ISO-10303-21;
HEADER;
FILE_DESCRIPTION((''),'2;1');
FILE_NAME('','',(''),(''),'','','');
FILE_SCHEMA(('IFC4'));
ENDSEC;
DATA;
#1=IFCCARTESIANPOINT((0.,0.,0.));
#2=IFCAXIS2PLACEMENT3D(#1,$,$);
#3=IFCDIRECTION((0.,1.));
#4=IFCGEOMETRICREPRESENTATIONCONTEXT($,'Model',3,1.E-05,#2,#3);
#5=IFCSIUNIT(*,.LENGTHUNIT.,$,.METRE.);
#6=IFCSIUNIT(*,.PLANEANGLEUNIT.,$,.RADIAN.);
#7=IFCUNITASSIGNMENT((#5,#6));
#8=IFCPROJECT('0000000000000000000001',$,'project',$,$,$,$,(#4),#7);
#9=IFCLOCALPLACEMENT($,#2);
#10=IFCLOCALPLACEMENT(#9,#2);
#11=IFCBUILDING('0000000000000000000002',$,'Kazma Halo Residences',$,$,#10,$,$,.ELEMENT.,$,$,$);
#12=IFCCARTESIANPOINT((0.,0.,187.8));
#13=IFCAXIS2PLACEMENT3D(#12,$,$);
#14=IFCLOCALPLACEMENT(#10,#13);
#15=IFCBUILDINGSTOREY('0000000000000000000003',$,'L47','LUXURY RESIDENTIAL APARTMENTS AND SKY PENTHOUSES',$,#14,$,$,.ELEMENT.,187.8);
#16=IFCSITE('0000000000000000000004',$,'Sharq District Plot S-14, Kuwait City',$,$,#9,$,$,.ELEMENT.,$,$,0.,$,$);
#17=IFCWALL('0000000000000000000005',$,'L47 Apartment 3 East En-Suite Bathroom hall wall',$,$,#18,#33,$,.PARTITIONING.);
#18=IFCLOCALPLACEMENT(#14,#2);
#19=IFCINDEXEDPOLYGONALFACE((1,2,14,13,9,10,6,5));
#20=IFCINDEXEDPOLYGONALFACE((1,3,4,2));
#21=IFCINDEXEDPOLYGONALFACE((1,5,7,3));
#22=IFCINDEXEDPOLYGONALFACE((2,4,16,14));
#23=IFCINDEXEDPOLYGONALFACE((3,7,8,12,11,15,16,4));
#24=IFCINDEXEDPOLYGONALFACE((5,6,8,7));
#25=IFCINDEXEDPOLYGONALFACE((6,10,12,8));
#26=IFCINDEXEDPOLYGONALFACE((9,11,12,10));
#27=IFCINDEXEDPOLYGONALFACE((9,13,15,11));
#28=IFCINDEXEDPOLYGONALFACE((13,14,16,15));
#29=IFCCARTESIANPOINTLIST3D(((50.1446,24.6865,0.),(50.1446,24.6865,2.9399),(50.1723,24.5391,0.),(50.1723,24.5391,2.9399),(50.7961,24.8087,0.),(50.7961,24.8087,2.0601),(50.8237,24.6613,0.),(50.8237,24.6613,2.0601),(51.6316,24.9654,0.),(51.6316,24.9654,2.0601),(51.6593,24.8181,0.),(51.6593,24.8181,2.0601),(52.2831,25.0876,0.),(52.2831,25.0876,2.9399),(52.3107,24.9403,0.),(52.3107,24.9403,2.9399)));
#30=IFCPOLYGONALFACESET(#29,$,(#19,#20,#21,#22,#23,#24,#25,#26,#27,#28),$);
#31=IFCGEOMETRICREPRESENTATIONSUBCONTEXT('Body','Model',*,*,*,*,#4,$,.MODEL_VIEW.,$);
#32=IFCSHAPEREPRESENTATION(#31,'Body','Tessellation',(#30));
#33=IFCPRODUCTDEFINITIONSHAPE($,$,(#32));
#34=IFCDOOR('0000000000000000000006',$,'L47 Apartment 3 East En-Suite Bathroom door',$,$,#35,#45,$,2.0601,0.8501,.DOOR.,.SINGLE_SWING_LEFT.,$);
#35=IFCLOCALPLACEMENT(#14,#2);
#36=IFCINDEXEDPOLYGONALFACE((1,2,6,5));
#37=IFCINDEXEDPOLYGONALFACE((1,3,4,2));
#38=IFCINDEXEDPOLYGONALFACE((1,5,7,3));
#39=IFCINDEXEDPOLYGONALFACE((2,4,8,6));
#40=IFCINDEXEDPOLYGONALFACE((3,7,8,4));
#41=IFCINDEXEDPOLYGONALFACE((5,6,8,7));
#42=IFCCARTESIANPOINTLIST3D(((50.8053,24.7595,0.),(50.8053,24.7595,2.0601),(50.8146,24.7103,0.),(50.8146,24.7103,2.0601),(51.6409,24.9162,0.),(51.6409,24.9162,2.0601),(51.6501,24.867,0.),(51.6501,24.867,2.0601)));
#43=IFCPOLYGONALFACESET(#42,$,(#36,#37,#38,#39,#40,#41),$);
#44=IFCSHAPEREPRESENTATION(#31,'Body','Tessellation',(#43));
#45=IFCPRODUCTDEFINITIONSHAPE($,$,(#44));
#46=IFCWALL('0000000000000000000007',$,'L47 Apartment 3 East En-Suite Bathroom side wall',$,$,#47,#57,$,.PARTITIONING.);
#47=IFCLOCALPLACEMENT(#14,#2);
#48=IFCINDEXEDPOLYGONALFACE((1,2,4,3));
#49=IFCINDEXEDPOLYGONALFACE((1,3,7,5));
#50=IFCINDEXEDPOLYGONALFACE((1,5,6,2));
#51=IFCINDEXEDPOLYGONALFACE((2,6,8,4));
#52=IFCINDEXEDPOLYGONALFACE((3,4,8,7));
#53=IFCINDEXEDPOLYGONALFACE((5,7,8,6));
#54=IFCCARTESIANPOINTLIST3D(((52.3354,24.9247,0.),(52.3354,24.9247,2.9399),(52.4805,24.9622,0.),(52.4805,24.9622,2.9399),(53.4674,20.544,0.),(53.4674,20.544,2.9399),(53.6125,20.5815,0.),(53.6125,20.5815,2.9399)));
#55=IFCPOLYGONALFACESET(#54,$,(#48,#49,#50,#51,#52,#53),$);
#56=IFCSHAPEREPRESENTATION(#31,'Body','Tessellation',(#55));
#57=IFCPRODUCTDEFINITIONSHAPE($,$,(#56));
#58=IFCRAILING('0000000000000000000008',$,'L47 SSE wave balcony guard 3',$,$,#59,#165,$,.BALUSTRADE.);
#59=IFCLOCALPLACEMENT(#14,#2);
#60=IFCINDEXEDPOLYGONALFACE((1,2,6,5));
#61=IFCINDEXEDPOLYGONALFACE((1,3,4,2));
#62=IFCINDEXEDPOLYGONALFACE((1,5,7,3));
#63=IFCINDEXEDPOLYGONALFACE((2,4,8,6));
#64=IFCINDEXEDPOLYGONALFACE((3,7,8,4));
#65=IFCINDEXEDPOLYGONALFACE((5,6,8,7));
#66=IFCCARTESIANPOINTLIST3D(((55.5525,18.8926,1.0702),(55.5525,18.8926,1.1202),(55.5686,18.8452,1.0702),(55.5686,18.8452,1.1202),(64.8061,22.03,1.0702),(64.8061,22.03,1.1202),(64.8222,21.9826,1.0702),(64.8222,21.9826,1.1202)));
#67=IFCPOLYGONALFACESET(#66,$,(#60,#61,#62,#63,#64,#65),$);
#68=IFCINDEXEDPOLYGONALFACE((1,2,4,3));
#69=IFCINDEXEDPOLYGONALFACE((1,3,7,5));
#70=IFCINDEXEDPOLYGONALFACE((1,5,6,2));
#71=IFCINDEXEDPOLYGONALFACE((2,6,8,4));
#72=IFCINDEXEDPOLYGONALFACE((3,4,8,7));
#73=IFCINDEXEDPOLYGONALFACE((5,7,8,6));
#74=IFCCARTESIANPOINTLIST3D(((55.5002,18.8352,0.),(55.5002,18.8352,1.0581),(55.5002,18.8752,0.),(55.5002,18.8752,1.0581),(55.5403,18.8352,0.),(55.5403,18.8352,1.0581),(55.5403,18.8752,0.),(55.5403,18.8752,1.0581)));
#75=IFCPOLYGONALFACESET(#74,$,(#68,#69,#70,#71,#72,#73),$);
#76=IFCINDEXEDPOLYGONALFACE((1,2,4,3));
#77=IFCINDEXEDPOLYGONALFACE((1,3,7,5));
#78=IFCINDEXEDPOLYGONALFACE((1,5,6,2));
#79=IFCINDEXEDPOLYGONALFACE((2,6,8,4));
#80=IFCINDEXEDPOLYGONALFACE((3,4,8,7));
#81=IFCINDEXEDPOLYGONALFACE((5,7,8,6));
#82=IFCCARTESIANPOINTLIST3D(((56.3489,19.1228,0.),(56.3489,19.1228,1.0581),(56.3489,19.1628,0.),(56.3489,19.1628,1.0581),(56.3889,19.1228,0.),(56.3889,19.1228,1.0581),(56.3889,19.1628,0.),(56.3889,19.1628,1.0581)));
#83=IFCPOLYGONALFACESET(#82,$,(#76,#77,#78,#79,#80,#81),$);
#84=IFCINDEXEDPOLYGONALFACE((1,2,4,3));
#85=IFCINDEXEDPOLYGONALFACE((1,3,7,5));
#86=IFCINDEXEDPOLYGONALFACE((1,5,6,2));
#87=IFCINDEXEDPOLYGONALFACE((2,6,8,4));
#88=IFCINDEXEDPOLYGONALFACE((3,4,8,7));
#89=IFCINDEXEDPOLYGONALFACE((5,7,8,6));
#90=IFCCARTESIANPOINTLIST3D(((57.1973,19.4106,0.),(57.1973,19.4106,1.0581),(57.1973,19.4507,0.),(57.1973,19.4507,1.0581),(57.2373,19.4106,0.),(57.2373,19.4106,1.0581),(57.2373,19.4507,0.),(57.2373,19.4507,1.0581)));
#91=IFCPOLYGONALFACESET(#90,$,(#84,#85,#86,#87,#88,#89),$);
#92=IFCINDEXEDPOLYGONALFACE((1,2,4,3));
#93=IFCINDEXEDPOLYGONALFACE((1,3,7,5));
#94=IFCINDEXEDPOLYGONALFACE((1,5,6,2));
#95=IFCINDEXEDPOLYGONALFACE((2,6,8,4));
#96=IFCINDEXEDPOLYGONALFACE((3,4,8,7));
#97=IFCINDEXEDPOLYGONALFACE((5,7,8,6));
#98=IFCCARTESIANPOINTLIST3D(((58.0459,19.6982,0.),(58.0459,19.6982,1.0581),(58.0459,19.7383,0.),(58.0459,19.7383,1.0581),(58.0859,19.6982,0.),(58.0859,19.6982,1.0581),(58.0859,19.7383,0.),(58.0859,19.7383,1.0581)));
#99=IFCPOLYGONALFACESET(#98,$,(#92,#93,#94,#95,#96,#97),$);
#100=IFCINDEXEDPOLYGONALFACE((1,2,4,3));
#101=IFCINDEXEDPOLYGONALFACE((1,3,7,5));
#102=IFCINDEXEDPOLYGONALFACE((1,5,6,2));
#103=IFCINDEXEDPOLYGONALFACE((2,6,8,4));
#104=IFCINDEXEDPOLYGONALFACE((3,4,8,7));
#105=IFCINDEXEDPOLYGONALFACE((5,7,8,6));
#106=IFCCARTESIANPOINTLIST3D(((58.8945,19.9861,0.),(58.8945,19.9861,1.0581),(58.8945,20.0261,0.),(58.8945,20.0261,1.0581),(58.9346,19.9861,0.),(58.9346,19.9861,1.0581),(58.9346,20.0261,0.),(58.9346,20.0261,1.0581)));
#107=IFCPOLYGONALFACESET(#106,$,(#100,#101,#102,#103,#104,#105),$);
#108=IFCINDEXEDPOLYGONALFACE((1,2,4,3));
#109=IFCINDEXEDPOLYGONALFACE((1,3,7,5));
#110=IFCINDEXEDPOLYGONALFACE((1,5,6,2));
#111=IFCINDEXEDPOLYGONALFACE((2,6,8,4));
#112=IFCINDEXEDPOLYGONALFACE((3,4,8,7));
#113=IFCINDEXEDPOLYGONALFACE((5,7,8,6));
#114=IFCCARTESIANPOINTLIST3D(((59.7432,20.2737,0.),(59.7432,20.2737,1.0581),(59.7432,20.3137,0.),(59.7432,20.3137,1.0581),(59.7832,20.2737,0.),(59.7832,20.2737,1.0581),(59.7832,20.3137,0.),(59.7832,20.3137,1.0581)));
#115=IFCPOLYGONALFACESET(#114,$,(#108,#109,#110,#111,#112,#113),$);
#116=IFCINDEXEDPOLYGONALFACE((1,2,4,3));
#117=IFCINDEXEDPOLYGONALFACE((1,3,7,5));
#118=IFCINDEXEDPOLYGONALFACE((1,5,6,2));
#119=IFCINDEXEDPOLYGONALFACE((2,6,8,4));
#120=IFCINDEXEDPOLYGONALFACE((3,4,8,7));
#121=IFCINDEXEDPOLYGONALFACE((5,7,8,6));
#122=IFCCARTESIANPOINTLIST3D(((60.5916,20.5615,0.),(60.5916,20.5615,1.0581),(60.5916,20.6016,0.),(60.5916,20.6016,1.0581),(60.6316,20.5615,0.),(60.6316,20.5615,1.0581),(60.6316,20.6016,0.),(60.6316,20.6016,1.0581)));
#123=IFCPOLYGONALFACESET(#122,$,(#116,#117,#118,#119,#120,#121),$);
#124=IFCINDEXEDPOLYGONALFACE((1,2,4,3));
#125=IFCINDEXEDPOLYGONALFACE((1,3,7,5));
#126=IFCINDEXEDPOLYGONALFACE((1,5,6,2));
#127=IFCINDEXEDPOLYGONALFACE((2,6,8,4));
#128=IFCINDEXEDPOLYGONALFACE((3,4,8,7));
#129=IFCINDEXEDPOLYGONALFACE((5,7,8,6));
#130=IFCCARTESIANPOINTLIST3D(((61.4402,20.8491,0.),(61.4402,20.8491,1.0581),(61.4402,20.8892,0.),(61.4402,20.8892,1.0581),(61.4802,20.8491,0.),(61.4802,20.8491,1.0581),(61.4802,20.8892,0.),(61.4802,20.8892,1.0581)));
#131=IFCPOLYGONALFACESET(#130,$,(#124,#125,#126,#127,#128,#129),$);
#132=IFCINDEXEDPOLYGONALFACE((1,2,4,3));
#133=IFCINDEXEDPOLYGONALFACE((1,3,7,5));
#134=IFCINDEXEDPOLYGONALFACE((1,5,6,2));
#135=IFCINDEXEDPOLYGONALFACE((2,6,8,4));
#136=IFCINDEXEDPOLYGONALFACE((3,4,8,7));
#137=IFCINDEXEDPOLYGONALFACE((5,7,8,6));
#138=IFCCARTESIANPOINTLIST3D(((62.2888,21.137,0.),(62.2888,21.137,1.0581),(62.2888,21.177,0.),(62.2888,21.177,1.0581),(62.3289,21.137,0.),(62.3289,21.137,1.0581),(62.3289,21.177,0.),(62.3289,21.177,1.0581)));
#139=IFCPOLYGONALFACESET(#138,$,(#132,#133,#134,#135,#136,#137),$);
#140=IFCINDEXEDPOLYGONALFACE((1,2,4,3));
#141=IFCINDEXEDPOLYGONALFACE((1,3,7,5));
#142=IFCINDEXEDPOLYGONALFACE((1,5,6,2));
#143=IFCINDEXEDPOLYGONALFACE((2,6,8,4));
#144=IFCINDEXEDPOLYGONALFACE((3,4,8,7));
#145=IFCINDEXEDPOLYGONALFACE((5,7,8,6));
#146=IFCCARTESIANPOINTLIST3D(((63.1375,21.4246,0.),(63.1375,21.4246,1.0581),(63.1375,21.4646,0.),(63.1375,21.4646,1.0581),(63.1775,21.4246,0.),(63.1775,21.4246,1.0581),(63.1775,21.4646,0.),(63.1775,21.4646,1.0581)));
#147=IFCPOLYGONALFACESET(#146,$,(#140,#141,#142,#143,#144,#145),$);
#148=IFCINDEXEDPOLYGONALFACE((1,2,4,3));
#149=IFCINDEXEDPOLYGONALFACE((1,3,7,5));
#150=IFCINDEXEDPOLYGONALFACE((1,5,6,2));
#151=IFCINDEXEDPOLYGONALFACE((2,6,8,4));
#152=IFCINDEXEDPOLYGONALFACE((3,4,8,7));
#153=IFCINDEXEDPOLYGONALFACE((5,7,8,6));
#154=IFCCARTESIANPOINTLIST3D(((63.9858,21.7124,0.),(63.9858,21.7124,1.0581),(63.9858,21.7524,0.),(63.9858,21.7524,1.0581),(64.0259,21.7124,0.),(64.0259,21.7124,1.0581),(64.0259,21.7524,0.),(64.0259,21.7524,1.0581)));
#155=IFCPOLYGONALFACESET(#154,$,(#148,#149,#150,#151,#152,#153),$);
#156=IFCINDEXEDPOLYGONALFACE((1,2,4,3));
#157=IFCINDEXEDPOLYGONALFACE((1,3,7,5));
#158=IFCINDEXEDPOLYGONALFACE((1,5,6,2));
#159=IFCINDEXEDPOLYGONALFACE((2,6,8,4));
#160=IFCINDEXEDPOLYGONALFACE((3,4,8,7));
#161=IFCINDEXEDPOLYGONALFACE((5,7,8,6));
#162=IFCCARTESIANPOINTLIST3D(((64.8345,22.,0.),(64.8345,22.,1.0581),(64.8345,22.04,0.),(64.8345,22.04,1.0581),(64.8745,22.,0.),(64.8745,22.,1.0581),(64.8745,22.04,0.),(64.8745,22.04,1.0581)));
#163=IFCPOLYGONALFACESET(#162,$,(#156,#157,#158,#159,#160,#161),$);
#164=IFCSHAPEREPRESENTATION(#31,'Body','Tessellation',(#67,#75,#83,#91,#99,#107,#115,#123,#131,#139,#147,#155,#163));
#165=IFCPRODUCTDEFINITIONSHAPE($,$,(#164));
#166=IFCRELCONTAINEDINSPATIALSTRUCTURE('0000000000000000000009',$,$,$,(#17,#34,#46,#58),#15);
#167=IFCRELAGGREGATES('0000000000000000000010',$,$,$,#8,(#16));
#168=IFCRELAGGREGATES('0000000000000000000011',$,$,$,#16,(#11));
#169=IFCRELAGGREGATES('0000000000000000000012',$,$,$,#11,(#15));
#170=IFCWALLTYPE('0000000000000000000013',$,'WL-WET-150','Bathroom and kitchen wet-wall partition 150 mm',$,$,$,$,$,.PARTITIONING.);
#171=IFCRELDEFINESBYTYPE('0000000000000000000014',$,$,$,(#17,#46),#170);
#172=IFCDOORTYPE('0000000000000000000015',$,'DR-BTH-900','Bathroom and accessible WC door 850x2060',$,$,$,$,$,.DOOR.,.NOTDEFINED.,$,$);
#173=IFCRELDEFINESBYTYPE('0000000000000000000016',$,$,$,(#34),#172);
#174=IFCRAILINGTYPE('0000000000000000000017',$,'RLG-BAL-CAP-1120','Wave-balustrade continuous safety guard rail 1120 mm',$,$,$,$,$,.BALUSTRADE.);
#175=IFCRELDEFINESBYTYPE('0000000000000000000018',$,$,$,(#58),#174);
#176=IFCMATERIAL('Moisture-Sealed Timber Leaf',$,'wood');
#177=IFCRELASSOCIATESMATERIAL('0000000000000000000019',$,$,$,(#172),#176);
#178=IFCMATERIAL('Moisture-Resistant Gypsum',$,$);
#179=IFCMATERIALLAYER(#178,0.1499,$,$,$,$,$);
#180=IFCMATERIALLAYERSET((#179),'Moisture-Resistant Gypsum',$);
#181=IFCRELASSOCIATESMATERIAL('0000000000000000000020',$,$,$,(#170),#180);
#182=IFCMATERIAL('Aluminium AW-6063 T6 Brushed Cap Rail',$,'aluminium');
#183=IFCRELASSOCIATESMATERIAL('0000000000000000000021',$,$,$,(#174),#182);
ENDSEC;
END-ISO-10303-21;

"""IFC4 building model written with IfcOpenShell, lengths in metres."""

from ifc_helpers import new_model, si_unit, direction, frame, frame_2d, origin, origin_2d, place, context, subcontext, project, spatial, rectangle, extrude, material, layer, layer_set, type_object, element, fill, save


model = new_model("IFC4")

# Units and contexts
model_context = context("Model", 3, precision=1e-05, world=origin(), true_north=direction((0.0, 1.0)))
body_context = subcontext(model_context, "Body", "Model", "MODEL_VIEW")
ifc_project = project(units=[si_unit("LENGTHUNIT", "METRE"), si_unit("PLANEANGLEUNIT", "RADIAN")], contexts=[model_context])

# Site, building, storey
site_placement = place(None, origin())
site = spatial("IfcSite", under=ifc_project, at=site_placement, Name="Sharq District Plot S-14, Kuwait City", CompositionType="ELEMENT", RefElevation=0.0)
building_placement = place(site_placement, origin())
building = spatial("IfcBuilding", under=site, at=building_placement, Name="Kazma Halo Residences", CompositionType="ELEMENT")
storey_placement = place(building_placement, frame((0.0, 0.0, 187.8)))
storey = spatial("IfcBuildingStorey", under=building, at=storey_placement, Name="L47", Description="LUXURY RESIDENTIAL APARTMENTS AND SKY PENTHOUSES", CompositionType="ELEMENT", Elevation=187.8)

# Wall, opening, door
ifc_material_1 = material(Name="Moisture-Sealed Timber Leaf", Category="wood")
door_type_1 = type_object("IfcDoorType", Name="DR-BTH-900", Description="Bathroom and accessible WC door 850x2060", OperationType="NOTDEFINED", PredefinedType="DOOR", material=ifc_material_1)
ifc_material_2 = material(Name="Moisture-Resistant Gypsum")
ifc_layer_1 = layer(ifc_material_2, 0.1499)
ifc_layer_set_1 = layer_set([ifc_layer_1], Name="Moisture-Resistant Gypsum")
wall_type_1 = type_object("IfcWallType", Name="WL-WET-150", Description="Bathroom and kitchen wet-wall partition 150 mm", PredefinedType="PARTITIONING", material=ifc_layer_set_1)
wall_1_placement = place(storey_placement, frame((50.1584, 24.6128, 0.0), z_axis=(0.0, 0.0, 1.0), x_axis=(0.982858, 0.184363, 0.0)))
wall_1 = element("IfcWall", 1, at=wall_1_placement, inside=storey, type_object=wall_type_1, Name="L47 Apartment 3 East En-Suite Bathroom hall wall", PredefinedType="PARTITIONING", context=body_context, shape_type="SweptSolid", body=[
    extrude(rectangle(XDim=2.1758, YDim=0.1499, at=frame_2d((1.0879, 0.0))), origin(), (0.0, 0.0, 1.0), 2.9399),
])
opening_1_placement = place(wall_1_placement, frame((0.6628, 0.0, 0.0)))
opening_1 = element("IfcOpeningElement", 2, at=opening_1_placement, cuts=wall_1, PredefinedType="OPENING", context=body_context, shape_type="SweptSolid", body=[
    extrude(rectangle(XDim=0.8501, YDim=2.0601, at=frame_2d((0.425, 1.03))), frame((0.0, 0.085, 0.0), z_axis=(0.0, -1.0, 0.0), x_axis=(1.0, 0.0, 0.0)), (0.0, 0.0, 1.0), 0.1699),
])
door_1_placement = place(opening_1_placement, origin())
door_1 = element("IfcDoor", 3, at=door_1_placement, inside=storey, type_object=door_type_1, Name="L47 Apartment 3 East En-Suite Bathroom door", OperationType="SINGLE_SWING_LEFT", OverallHeight=2.0601, OverallWidth=0.8501, PredefinedType="DOOR", context=body_context, shape_type="SweptSolid", body=[
    extrude(rectangle(XDim=0.8501, YDim=2.0601, at=frame_2d((0.425, 1.03))), frame((0.0, 0.0249, 0.0), z_axis=(0.0, -1.0, 0.0), x_axis=(1.0, 0.0, 0.0)), (0.0, 0.0, 1.0), 0.05),
])
fill(opening_1, door_1)

# Wall
wall_2_placement = place(storey_placement, frame((52.408, 24.9434, 0.0), z_axis=(0.0, 0.0, 1.0), x_axis=(0.250196, -0.968195, 0.0)))
element("IfcWall", 4, at=wall_2_placement, inside=storey, type_object=wall_type_1, Name="L47 Apartment 3 East En-Suite Bathroom side wall", PredefinedType="PARTITIONING", context=body_context, shape_type="SweptSolid", body=[
    extrude(rectangle(XDim=4.5247, YDim=0.1499, at=frame_2d((2.2622, 0.0))), origin(), (0.0, 0.0, 1.0), 2.9399),
])

# Railing
ifc_material_3 = material(Name="Aluminium AW-6063 T6 Brushed Cap Rail", Category="aluminium")
railing_type = type_object("IfcRailingType", Name="RLG-BAL-CAP-1120", Description="Wave-balustrade continuous safety guard rail 1120 mm", PredefinedType="BALUSTRADE", material=ifc_material_3)
railing_placement = place(storey_placement, frame((55.5203, 18.8552, 0.0)))
element("IfcRailing", 5, at=railing_placement, inside=storey, type_object=railing_type, Name="L47 SSE wave balcony guard 3", PredefinedType="BALUSTRADE", context=body_context, shape_type="SweptSolid", body=[
    extrude(rectangle(XDim=0.05, YDim=0.05, at=origin_2d()), frame((0.0403, 0.0137, 1.0952), z_axis=(0.947046, 0.321098, 0.0), x_axis=(-0.321098, 0.947046, 0.0)), (0.0, 0.0, 1.0), 9.771),
    extrude(rectangle(XDim=0.04, YDim=0.04, at=origin_2d()), origin(), (0.0, 0.0, 1.0), 1.0581),
    extrude(rectangle(XDim=0.04, YDim=0.04, at=origin_2d()), frame((0.8486, 0.2876, 0.0)), (0.0, 0.0, 1.0), 1.0581),
    extrude(rectangle(XDim=0.04, YDim=0.04, at=origin_2d()), frame((1.697, 0.5754, 0.0)), (0.0, 0.0, 1.0), 1.0581),
    extrude(rectangle(XDim=0.04, YDim=0.04, at=origin_2d()), frame((2.5457, 0.863, 0.0)), (0.0, 0.0, 1.0), 1.0581),
    extrude(rectangle(XDim=0.04, YDim=0.04, at=origin_2d()), frame((3.3943, 1.1509, 0.0)), (0.0, 0.0, 1.0), 1.0581),
    extrude(rectangle(XDim=0.04, YDim=0.04, at=origin_2d()), frame((4.2429, 1.4385, 0.0)), (0.0, 0.0, 1.0), 1.0581),
    extrude(rectangle(XDim=0.04, YDim=0.04, at=origin_2d()), frame((5.0913, 1.7263, 0.0)), (0.0, 0.0, 1.0), 1.0581),
    extrude(rectangle(XDim=0.04, YDim=0.04, at=origin_2d()), frame((5.9399, 2.0139, 0.0)), (0.0, 0.0, 1.0), 1.0581),
    extrude(rectangle(XDim=0.04, YDim=0.04, at=origin_2d()), frame((6.7886, 2.3018, 0.0)), (0.0, 0.0, 1.0), 1.0581),
    extrude(rectangle(XDim=0.04, YDim=0.04, at=origin_2d()), frame((7.6372, 2.5894, 0.0)), (0.0, 0.0, 1.0), 1.0581),
    extrude(rectangle(XDim=0.04, YDim=0.04, at=origin_2d()), frame((8.4856, 2.8772, 0.0)), (0.0, 0.0, 1.0), 1.0581),
    extrude(rectangle(XDim=0.04, YDim=0.04, at=origin_2d()), frame((9.3342, 3.1648, 0.0)), (0.0, 0.0, 1.0), 1.0581),
])

save(model, "model.ifc")
